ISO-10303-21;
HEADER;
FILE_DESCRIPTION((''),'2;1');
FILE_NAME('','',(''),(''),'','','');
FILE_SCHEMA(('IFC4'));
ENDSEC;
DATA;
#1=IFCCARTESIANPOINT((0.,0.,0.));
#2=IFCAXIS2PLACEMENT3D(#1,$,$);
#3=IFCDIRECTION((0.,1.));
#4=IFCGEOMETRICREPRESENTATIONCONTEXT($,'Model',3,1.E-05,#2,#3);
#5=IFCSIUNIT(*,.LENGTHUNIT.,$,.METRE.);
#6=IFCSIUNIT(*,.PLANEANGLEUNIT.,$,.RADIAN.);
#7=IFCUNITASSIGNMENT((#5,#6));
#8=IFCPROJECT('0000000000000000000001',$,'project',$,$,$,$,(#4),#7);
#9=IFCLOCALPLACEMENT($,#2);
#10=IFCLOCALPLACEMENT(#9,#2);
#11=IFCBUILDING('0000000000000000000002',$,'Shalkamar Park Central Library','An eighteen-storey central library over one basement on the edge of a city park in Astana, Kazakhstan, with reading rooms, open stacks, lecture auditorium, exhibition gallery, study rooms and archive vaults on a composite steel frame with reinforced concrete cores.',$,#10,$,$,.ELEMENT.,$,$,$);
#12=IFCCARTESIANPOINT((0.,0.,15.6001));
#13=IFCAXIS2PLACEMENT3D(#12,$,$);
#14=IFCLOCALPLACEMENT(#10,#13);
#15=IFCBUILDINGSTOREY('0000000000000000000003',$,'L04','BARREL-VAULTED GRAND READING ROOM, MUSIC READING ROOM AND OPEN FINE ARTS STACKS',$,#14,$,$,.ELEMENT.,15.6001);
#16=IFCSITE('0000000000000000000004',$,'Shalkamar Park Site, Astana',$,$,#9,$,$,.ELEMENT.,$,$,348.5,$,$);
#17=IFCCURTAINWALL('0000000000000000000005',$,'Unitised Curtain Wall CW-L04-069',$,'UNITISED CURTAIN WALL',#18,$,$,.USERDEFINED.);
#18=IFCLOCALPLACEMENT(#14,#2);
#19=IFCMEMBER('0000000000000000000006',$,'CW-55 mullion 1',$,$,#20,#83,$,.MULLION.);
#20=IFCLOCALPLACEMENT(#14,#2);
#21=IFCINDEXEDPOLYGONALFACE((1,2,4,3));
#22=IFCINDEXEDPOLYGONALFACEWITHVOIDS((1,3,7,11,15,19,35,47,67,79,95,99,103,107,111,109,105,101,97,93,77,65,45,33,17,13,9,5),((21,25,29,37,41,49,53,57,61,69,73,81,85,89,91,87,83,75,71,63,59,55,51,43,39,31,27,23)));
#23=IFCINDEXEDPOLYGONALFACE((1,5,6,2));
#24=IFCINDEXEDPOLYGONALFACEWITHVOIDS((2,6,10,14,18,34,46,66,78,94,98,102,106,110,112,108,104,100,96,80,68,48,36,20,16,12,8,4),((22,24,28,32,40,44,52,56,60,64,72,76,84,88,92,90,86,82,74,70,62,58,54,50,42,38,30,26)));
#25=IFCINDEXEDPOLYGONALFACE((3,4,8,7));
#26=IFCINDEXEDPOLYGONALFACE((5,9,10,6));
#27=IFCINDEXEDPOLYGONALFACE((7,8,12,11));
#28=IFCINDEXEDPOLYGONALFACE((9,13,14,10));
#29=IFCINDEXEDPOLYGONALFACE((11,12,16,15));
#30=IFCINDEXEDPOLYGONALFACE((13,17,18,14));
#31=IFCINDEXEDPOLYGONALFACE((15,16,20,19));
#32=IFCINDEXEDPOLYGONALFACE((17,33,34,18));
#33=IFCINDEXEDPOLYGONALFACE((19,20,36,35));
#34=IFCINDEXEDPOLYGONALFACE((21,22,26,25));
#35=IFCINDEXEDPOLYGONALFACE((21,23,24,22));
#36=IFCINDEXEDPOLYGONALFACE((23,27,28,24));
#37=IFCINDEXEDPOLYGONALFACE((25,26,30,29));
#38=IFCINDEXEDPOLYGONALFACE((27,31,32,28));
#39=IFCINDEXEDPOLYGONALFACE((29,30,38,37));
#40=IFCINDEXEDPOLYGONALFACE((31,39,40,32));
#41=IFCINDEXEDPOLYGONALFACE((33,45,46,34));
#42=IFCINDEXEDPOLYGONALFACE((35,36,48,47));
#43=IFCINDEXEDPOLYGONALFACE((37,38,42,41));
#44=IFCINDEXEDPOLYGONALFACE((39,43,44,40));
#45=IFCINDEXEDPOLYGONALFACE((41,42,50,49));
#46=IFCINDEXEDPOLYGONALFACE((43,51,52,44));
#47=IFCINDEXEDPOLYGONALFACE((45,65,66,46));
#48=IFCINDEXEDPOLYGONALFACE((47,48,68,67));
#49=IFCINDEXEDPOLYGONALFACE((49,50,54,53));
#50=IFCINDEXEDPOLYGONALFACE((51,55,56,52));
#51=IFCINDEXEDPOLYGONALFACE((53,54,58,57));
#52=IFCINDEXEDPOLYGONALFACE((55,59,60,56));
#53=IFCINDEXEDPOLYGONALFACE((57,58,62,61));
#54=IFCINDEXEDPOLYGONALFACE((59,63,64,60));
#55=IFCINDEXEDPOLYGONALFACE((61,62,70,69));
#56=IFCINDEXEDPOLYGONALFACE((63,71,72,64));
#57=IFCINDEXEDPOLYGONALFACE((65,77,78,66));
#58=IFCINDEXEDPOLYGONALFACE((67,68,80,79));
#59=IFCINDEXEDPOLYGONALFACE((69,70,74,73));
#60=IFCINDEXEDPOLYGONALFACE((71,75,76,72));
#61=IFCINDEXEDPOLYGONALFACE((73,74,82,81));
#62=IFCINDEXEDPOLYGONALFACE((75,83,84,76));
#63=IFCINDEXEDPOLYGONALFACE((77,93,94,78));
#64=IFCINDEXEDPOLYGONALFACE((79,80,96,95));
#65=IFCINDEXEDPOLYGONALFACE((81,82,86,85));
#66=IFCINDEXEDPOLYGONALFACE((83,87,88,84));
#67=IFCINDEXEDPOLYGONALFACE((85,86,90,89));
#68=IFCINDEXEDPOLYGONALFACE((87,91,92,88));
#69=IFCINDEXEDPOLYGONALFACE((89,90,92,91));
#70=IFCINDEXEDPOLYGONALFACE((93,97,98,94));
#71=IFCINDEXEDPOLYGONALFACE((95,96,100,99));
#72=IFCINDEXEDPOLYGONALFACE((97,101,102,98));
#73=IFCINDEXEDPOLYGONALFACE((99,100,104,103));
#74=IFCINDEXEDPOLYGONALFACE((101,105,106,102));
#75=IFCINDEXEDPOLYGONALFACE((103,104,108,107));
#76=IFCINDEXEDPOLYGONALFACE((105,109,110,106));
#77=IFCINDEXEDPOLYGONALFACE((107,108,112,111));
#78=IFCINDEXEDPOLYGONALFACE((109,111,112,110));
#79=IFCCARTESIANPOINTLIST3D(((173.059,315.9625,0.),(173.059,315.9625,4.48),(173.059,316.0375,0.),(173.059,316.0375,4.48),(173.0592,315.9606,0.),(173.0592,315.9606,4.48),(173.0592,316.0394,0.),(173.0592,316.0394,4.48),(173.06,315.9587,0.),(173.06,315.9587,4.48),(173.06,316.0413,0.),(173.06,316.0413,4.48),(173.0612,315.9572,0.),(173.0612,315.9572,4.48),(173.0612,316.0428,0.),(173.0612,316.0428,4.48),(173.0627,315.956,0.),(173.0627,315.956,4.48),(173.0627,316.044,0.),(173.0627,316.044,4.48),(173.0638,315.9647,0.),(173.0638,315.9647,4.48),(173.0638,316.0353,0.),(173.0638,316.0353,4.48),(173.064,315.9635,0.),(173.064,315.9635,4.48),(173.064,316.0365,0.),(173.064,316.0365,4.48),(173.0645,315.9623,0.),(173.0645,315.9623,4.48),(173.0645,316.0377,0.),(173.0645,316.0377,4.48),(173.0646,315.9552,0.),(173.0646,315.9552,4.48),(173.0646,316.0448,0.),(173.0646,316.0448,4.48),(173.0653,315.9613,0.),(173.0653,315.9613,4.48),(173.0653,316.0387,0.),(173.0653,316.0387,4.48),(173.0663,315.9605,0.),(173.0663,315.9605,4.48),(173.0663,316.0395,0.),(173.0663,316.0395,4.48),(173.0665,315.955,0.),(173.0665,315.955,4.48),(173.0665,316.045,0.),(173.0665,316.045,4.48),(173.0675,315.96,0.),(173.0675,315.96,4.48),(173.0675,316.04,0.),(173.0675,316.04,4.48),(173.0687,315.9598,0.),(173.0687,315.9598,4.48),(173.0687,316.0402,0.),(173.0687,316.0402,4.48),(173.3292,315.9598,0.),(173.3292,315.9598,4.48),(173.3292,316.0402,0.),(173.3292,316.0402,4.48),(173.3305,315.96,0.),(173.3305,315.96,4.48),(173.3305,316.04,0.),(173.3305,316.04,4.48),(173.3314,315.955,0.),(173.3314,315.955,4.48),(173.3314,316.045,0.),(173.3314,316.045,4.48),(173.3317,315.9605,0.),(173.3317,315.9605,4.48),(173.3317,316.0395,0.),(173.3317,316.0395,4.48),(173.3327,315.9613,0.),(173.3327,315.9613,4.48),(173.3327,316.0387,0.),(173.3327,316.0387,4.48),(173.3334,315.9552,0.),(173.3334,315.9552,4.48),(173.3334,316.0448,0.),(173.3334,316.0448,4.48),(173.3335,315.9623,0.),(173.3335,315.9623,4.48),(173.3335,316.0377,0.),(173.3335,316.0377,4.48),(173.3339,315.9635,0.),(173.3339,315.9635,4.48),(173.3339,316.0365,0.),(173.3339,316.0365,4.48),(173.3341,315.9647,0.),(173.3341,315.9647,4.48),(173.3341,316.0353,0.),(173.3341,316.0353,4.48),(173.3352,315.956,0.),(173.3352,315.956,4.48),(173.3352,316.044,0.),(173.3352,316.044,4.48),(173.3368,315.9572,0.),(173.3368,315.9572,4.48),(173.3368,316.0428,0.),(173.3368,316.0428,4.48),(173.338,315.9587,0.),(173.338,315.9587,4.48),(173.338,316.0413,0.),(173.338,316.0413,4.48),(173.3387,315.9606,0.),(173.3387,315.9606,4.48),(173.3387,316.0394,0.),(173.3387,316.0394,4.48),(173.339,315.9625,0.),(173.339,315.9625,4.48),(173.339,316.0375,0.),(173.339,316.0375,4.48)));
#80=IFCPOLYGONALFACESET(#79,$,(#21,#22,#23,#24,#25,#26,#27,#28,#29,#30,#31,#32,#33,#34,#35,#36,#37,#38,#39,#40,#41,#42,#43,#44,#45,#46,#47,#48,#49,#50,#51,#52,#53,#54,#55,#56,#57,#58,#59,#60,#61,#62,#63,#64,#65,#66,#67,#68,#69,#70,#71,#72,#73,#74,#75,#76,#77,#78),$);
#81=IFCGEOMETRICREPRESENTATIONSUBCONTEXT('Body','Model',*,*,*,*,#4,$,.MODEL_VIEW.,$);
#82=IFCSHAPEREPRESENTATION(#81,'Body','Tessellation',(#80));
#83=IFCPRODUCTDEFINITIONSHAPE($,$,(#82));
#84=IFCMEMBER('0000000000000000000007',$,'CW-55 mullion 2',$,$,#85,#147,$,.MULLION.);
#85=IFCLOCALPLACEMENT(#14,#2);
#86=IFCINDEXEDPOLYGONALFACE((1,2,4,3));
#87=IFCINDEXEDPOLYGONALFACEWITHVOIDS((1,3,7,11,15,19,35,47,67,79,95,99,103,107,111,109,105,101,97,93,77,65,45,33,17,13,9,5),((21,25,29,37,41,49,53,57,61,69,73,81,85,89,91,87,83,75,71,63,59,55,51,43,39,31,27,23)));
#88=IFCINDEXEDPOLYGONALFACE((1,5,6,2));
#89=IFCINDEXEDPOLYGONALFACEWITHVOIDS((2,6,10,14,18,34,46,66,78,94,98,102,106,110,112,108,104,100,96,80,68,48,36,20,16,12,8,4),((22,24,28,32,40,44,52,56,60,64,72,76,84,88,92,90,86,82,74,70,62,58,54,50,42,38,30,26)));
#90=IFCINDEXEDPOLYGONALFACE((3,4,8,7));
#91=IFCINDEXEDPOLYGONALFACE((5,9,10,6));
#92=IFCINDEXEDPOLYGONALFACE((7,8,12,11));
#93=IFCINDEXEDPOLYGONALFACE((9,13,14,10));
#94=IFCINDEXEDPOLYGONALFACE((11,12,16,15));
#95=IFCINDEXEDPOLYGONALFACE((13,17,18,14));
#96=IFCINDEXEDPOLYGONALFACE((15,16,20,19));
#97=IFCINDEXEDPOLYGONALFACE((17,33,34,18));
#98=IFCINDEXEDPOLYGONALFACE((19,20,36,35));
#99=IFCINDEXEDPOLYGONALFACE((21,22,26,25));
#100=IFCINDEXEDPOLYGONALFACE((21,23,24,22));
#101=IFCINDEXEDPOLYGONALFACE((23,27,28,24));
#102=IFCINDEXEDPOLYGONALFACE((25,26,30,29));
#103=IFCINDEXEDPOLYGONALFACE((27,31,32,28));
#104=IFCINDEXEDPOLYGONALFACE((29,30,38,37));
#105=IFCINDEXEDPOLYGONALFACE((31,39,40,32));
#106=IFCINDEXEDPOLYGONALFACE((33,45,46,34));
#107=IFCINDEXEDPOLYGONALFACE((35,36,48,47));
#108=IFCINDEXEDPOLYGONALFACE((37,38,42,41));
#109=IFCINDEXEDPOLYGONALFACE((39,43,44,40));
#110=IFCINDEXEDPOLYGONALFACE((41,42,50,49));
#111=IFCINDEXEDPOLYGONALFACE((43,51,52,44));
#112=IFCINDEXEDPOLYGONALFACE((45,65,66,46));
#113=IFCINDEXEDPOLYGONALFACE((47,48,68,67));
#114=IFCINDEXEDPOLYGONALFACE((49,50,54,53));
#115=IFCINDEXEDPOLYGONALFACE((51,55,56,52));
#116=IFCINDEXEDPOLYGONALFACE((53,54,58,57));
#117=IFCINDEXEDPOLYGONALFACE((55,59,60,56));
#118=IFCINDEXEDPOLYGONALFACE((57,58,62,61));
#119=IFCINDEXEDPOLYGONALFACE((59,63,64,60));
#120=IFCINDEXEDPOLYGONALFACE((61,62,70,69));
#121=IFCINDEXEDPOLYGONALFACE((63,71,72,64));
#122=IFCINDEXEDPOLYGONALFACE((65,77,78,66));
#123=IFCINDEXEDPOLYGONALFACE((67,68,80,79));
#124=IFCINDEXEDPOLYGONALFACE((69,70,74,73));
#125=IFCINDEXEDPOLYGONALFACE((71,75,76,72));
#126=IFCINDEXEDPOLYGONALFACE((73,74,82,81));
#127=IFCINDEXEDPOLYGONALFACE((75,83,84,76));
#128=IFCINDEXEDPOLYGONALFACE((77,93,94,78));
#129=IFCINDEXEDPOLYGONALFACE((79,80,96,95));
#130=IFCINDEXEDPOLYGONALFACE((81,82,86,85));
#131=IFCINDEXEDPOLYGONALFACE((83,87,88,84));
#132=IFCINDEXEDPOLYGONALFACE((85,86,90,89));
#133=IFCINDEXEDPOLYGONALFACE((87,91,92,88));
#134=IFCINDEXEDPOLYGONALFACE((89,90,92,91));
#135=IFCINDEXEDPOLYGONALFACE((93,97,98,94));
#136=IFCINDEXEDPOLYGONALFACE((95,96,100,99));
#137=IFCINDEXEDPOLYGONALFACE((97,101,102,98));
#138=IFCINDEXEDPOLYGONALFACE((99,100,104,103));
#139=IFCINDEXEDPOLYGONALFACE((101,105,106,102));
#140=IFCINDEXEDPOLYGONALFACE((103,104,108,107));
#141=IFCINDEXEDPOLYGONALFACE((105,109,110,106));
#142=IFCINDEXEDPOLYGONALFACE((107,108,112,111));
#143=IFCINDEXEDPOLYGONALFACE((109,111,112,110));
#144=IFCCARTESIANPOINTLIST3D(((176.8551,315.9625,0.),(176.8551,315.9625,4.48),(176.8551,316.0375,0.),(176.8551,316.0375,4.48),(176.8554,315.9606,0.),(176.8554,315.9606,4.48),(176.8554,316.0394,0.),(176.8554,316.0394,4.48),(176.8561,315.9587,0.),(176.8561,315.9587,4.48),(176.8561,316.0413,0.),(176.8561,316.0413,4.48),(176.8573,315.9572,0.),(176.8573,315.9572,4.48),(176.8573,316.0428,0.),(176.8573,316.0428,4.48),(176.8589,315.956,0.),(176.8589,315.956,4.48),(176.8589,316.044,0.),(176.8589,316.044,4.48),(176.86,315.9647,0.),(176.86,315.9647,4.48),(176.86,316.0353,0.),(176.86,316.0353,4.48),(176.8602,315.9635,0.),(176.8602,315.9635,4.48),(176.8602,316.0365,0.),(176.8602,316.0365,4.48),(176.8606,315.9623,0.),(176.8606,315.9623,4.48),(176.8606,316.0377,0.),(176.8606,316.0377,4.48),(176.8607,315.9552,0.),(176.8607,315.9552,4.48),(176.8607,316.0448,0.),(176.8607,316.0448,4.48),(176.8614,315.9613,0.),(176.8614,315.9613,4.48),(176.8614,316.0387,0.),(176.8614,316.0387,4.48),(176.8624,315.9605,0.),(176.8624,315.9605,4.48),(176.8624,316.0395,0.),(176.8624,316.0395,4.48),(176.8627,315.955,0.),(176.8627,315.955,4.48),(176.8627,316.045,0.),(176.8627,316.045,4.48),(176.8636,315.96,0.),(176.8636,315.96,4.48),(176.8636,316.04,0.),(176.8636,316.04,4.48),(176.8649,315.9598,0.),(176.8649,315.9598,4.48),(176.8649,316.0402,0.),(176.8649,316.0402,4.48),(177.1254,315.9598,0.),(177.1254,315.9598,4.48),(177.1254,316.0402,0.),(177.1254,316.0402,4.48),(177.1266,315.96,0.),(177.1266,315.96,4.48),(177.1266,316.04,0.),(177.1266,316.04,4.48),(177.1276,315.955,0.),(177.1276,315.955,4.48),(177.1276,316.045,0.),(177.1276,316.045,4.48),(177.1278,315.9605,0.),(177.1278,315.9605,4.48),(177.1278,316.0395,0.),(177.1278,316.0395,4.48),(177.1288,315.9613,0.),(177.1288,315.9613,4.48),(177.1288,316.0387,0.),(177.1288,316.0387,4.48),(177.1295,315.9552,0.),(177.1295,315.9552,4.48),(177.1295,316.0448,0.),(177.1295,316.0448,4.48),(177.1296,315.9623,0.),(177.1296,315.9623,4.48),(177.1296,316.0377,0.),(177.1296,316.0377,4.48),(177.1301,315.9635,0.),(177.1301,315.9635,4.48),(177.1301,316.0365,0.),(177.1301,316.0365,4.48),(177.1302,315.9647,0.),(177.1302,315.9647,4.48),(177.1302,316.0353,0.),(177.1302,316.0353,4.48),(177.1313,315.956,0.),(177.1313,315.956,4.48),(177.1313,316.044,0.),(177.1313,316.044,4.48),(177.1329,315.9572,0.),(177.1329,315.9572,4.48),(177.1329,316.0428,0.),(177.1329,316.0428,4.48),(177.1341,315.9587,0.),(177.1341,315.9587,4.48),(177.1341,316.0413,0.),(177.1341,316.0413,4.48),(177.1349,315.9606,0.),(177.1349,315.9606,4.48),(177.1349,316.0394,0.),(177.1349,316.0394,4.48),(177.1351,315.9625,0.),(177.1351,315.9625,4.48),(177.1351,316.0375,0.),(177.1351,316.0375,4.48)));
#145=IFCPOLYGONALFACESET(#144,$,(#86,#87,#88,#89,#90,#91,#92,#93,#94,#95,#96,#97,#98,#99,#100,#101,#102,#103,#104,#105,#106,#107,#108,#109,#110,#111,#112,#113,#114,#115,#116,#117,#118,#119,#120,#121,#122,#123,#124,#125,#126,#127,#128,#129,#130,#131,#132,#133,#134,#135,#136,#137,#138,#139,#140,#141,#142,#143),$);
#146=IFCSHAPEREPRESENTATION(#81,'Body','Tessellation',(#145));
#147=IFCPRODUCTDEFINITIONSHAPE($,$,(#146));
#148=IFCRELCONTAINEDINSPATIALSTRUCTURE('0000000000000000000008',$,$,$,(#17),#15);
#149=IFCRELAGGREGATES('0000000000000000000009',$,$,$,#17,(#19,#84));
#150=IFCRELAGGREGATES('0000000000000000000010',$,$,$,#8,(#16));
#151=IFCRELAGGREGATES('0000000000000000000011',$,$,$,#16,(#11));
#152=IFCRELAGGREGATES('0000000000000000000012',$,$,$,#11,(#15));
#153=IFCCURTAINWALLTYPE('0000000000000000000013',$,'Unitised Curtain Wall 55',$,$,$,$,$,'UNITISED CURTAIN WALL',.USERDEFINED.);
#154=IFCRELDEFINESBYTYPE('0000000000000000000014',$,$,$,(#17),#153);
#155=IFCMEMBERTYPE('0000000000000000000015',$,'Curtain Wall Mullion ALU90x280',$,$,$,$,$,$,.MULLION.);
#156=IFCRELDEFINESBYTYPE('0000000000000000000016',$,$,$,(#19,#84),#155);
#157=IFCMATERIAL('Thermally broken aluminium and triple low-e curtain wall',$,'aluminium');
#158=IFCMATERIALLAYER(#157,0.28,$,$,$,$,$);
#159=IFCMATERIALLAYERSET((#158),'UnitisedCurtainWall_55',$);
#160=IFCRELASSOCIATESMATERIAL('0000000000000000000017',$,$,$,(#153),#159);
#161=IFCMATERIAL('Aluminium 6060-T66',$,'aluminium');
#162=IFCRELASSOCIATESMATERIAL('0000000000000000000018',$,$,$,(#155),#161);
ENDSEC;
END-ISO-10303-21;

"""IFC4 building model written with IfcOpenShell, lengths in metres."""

from ifc_helpers import new_model, si_unit, direction, frame, origin, origin_2d, place, context, subcontext, project, spatial, hollow_rectangle, extrude, material, layer, layer_set, material_profile, profile_set, type_object, element, aggregate, save


model = new_model("IFC4")

# Units and contexts
model_context = context("Model", 3, precision=1e-05, world=origin(), true_north=direction((0.0, 1.0)))
body_context = subcontext(model_context, "Body", "Model", "MODEL_VIEW")
ifc_project = project(units=[si_unit("LENGTHUNIT", "METRE"), si_unit("PLANEANGLEUNIT", "RADIAN")], contexts=[model_context])

# Site, building, storey
site_placement = place(None, origin())
site = spatial("IfcSite", under=ifc_project, at=site_placement, Name="Shalkamar Park Site, Astana", CompositionType="ELEMENT", RefElevation=348.5)
building_placement = place(site_placement, origin())
building = spatial("IfcBuilding", under=site, at=building_placement, Name="Shalkamar Park Central Library", Description="An eighteen-storey central library over one basement on the edge of a city park in Astana, Kazakhstan, with reading rooms, open stacks, lecture auditorium, exhibition gallery, study rooms and archive vaults on a composite steel frame with reinforced concrete cores.", CompositionType="ELEMENT")
storey_placement = place(building_placement, frame((0.0, 0.0, 15.6001)))
storey = spatial("IfcBuildingStorey", under=building, at=storey_placement, Name="L04", Description="BARREL-VAULTED GRAND READING ROOM, MUSIC READING ROOM AND OPEN FINE ARTS STACKS", CompositionType="ELEMENT", Elevation=15.6001)

# Curtain wall, members
ifc_material_1 = material(Name="Thermally broken aluminium and triple low-e curtain wall", Category="aluminium")
ifc_material_2 = material(Name="Aluminium 6060-T66", Category="aluminium")
ifc_layer_1 = layer(ifc_material_1, 0.28)
ifc_layer_set_1 = layer_set([ifc_layer_1], Name="UnitisedCurtainWall_55")
curtain_wall_type_1 = type_object("IfcCurtainWallType", Name="Unitised Curtain Wall 55", ElementType="UNITISED CURTAIN WALL", PredefinedType="USERDEFINED", material=ifc_layer_set_1)
curtain_wall_1_placement = place(storey_placement, origin())
curtain_wall_1 = element("IfcCurtainWall", 1, at=curtain_wall_1_placement, inside=storey, type_object=curtain_wall_type_1, Name="Unitised Curtain Wall CW-L04-069", ObjectType="UNITISED CURTAIN WALL", PredefinedType="USERDEFINED")
ifc_material_profile_1 = material_profile(ifc_material_2, hollow_rectangle(XDim=0.0901, YDim=0.28, WallThickness=0.0049, InnerFilletRadius=0.0049, OuterFilletRadius=0.0076, at=origin_2d()), Name="ALU 90x280x5")
ifc_profile_set_1 = profile_set([ifc_material_profile_1], Name="Aluminium 6060-T66")
member_type_1 = type_object("IfcMemberType", Name="Curtain Wall Mullion ALU90x280", PredefinedType="MULLION", material=ifc_profile_set_1)
member_1_placement = place(storey_placement, frame((173.199, 316.0, 0.0), z_axis=(0.0, 0.0, 1.0), x_axis=(0.0, 1.0, 0.0)))
member_1 = element("IfcMember", 2, at=member_1_placement, type_object=member_type_1, Name="CW-55 mullion 1", PredefinedType="MULLION", context=body_context, shape_type="SweptSolid", body=[
    extrude(hollow_rectangle(XDim=0.0901, YDim=0.28, WallThickness=0.0049, InnerFilletRadius=0.0049, OuterFilletRadius=0.0076, at=origin_2d()), origin(), (0.0, 0.0, 1.0), 4.48),
])
member_2_placement = place(storey_placement, frame((176.9951, 316.0, 0.0), z_axis=(0.0, 0.0, 1.0), x_axis=(0.0, 1.0, 0.0)))
member_2 = element("IfcMember", 3, at=member_2_placement, type_object=member_type_1, Name="CW-55 mullion 2", PredefinedType="MULLION", context=body_context, shape_type="SweptSolid", body=[
    extrude(hollow_rectangle(XDim=0.0901, YDim=0.28, WallThickness=0.0049, InnerFilletRadius=0.0049, OuterFilletRadius=0.0076, at=origin_2d()), origin(), (0.0, 0.0, 1.0), 4.48),
])

aggregate(curtain_wall_1, [member_1, member_2])

save(model, "model.ifc")
